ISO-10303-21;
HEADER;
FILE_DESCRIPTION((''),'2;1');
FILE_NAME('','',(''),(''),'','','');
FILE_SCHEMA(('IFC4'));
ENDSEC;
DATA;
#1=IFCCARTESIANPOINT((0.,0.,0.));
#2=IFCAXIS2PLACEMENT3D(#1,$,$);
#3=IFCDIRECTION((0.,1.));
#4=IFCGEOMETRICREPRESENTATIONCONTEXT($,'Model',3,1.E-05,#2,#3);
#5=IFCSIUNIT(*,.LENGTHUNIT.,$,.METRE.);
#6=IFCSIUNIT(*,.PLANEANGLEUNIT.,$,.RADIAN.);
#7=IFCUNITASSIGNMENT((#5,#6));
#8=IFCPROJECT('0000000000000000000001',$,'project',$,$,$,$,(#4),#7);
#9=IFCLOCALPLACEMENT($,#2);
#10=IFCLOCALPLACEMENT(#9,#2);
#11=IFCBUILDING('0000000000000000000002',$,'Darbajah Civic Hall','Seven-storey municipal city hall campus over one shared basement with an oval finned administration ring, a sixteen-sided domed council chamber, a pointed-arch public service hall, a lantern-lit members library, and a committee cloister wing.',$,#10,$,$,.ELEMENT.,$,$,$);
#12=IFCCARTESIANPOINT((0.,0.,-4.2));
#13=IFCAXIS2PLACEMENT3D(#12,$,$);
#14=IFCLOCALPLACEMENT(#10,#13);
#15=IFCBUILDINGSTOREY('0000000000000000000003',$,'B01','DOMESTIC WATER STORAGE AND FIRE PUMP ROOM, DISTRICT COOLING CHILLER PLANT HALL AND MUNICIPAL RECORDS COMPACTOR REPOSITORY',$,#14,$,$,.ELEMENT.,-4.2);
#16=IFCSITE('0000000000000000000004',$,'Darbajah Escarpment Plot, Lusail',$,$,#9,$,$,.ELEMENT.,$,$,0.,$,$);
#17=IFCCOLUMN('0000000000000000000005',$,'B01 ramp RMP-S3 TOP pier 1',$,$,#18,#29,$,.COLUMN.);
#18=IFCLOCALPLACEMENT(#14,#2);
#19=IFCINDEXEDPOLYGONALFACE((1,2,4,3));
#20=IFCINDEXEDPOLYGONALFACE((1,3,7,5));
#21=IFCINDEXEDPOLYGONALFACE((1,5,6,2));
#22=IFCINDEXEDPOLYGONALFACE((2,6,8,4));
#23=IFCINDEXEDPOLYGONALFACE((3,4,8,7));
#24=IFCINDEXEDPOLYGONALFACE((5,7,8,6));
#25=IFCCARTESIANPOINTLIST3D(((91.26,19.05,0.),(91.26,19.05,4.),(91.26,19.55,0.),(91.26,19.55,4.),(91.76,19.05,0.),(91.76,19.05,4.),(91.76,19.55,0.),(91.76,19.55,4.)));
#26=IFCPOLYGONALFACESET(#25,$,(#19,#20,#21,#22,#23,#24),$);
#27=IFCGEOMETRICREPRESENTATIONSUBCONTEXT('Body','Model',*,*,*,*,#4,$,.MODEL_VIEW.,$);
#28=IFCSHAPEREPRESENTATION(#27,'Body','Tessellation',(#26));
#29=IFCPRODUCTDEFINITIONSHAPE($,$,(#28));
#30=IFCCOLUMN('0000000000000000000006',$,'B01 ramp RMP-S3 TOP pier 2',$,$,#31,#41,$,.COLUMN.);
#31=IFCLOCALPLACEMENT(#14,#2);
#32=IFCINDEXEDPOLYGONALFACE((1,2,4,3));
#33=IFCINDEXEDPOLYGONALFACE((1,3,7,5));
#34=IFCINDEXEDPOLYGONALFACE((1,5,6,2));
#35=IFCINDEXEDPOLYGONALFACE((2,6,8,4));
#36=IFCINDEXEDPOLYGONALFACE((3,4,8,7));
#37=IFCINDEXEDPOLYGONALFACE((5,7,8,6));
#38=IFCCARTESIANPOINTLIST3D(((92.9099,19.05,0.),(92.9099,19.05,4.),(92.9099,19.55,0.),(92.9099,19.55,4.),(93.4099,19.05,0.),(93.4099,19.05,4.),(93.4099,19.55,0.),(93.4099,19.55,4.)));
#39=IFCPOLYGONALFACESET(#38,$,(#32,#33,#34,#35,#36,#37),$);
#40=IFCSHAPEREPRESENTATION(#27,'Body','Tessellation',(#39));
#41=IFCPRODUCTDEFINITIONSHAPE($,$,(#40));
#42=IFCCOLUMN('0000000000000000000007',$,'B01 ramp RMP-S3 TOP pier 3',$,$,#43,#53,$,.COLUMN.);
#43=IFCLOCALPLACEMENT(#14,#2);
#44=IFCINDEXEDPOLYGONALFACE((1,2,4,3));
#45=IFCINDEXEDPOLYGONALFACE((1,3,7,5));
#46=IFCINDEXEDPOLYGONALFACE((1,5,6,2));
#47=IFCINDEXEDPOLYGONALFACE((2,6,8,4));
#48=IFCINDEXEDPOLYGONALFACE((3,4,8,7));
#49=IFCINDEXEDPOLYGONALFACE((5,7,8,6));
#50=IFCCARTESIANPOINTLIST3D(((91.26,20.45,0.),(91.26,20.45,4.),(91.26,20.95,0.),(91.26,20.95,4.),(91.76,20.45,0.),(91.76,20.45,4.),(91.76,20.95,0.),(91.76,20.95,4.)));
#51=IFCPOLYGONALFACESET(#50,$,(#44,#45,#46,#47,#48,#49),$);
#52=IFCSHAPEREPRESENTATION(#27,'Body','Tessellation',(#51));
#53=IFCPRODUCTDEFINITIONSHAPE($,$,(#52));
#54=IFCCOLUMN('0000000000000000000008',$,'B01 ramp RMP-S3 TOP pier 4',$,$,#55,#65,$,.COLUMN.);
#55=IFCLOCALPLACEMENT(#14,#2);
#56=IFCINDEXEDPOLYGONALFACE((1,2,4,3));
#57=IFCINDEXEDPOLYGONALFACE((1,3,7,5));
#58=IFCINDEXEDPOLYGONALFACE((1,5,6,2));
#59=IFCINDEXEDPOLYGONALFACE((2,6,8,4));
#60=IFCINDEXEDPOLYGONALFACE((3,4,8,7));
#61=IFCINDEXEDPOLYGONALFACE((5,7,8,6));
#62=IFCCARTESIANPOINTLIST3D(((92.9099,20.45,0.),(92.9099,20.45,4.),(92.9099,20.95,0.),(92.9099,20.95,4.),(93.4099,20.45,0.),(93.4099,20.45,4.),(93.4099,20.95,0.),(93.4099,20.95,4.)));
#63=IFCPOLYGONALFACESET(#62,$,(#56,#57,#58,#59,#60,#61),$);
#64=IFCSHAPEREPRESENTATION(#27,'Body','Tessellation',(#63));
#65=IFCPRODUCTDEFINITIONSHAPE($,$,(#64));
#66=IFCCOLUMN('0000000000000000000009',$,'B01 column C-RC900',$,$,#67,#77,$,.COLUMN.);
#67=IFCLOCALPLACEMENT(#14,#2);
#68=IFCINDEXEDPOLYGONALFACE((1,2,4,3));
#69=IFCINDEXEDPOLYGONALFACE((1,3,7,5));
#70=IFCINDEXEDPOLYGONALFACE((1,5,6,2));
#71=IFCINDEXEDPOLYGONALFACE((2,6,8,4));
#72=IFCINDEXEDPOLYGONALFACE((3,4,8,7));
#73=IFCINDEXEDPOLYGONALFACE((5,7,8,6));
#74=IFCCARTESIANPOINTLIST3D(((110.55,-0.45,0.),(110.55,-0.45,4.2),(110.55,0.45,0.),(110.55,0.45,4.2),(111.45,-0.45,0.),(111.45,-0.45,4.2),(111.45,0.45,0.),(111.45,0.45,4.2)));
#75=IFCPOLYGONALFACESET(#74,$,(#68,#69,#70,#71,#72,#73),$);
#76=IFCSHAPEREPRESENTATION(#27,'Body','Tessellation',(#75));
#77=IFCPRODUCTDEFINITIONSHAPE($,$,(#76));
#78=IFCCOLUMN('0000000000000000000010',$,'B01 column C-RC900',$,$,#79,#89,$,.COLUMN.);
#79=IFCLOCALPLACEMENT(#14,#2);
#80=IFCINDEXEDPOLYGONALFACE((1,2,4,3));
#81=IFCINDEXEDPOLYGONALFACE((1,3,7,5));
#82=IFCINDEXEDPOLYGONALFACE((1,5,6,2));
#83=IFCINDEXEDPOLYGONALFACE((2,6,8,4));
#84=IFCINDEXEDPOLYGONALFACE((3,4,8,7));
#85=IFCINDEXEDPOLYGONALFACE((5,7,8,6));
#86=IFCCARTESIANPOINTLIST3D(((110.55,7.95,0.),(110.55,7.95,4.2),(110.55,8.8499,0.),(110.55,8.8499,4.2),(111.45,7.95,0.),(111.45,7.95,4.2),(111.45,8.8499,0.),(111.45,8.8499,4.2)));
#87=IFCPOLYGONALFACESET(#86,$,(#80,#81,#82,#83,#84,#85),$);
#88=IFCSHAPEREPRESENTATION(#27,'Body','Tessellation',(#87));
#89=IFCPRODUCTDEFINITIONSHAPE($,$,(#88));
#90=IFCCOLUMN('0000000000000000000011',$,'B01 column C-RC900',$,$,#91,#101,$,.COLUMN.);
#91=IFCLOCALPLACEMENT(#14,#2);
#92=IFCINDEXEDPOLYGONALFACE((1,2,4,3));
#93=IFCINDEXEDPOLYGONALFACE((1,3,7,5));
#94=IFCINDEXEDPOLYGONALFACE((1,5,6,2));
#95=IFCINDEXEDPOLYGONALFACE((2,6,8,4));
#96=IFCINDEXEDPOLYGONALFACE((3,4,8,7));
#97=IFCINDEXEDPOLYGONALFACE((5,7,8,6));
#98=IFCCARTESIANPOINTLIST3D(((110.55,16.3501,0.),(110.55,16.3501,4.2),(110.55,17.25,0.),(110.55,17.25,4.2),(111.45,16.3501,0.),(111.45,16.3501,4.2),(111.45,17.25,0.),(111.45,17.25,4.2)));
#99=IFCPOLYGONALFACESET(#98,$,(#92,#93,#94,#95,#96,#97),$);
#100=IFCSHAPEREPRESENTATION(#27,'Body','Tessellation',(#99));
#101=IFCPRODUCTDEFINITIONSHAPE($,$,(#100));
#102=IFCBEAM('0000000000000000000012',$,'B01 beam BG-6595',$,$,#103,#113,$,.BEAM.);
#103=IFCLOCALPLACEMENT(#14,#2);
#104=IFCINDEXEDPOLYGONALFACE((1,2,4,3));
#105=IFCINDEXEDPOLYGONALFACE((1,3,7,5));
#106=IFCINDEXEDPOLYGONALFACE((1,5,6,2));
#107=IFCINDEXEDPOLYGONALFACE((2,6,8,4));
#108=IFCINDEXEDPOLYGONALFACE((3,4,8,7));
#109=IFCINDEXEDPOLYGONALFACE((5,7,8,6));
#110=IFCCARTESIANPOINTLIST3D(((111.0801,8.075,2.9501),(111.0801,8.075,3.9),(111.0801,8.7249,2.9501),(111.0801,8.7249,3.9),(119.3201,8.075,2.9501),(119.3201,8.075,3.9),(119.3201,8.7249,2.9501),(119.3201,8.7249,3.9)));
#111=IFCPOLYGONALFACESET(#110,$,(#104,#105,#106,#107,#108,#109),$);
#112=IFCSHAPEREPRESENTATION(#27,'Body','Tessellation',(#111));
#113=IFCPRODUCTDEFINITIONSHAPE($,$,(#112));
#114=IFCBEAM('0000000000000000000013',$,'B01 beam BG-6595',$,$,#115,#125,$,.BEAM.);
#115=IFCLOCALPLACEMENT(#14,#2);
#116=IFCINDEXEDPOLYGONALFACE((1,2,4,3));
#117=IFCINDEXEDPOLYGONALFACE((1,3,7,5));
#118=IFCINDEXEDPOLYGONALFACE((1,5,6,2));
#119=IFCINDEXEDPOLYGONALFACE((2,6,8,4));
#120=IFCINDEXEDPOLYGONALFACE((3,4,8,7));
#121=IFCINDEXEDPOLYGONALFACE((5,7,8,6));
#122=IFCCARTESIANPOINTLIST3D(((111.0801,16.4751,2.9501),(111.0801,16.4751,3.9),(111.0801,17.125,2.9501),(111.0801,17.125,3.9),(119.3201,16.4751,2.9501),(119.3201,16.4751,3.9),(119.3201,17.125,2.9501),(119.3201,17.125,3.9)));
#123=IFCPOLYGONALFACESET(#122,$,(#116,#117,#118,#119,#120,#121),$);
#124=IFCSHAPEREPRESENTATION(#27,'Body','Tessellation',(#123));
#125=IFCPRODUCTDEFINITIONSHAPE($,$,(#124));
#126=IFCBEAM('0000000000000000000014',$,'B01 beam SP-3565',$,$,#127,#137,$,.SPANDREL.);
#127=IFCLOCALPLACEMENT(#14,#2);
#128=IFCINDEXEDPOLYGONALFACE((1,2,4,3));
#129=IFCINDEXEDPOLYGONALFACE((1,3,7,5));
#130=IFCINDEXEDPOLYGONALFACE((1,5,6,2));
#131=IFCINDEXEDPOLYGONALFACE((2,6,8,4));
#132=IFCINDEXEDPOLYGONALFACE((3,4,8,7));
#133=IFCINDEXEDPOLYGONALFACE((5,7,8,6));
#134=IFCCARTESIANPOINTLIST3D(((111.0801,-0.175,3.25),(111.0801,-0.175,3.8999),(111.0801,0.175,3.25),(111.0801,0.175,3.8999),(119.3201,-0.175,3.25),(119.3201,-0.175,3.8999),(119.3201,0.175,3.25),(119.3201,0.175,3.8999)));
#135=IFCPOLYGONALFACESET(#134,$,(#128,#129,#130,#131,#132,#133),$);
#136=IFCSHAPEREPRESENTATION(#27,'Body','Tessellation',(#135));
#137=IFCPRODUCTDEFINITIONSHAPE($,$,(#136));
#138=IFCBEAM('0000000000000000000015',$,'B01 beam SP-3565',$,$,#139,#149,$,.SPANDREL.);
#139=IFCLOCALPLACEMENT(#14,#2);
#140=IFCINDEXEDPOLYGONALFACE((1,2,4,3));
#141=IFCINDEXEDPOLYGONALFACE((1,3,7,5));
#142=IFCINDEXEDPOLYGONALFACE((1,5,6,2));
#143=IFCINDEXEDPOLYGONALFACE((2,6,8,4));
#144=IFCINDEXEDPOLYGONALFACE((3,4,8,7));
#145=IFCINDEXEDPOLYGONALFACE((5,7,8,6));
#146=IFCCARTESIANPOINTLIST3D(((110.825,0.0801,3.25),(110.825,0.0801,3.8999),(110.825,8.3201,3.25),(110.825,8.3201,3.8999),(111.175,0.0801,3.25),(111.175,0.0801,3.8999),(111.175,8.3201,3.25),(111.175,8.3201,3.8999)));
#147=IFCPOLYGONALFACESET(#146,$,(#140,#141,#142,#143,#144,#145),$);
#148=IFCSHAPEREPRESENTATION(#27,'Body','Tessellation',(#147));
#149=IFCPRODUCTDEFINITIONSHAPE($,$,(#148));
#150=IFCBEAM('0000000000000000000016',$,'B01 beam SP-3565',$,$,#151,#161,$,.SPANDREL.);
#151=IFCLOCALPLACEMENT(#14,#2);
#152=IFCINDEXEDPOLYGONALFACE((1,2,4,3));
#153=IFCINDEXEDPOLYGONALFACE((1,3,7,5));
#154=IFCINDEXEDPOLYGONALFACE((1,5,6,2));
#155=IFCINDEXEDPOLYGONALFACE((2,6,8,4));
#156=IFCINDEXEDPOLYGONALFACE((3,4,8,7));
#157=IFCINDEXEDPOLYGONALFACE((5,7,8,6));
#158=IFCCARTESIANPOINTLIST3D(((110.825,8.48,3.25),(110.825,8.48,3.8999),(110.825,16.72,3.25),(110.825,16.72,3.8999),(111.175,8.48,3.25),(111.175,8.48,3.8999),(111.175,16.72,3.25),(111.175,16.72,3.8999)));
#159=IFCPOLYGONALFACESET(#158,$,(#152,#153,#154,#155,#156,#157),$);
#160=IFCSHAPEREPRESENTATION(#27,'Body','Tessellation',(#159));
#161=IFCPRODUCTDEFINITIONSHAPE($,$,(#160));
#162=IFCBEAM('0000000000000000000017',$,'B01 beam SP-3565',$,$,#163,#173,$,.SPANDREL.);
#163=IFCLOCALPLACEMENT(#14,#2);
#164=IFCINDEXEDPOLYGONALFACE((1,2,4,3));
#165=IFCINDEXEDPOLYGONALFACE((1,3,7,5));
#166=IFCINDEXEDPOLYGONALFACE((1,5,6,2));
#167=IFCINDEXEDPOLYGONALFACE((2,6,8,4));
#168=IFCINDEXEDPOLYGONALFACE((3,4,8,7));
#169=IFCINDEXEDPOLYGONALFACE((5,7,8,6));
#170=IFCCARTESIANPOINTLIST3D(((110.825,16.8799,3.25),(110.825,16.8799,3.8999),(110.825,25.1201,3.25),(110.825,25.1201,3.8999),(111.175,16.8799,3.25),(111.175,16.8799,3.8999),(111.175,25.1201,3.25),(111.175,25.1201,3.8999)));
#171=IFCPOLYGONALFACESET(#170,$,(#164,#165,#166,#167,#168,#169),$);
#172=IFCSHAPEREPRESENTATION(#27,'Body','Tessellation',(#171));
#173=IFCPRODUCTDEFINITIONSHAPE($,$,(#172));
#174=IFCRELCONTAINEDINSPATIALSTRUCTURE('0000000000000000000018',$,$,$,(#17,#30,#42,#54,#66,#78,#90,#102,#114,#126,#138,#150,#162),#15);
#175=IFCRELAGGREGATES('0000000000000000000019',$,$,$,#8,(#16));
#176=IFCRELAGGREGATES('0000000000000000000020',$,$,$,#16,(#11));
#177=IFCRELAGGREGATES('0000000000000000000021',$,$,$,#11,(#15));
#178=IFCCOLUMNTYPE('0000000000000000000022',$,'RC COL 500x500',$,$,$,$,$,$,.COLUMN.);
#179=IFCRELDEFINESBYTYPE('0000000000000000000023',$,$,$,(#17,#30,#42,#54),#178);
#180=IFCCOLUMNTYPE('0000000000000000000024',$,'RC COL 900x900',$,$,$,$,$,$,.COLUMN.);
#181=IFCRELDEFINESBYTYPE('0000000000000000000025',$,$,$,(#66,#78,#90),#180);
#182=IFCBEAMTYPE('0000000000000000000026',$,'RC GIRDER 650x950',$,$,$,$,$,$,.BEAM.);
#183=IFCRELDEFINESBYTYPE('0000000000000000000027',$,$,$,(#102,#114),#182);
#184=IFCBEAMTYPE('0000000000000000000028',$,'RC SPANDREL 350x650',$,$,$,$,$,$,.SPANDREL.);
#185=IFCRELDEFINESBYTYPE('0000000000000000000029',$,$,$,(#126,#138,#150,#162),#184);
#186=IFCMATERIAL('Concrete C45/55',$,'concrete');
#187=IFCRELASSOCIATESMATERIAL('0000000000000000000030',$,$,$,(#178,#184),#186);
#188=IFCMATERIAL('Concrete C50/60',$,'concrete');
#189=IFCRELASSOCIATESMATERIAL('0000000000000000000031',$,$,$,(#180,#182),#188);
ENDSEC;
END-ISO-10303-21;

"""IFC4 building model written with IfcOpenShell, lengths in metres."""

from ifc_helpers import new_model, si_unit, direction, frame, origin, origin_2d, place, context, subcontext, project, spatial, rectangle, extrude, material, material_profile, profile_set, type_object, element, save


model = new_model("IFC4")

# Units and contexts
model_context = context("Model", 3, precision=1e-05, world=origin(), true_north=direction((0.0, 1.0)))
body_context = subcontext(model_context, "Body", "Model", "MODEL_VIEW")
ifc_project = project(units=[si_unit("LENGTHUNIT", "METRE"), si_unit("PLANEANGLEUNIT", "RADIAN")], contexts=[model_context])

# Site, building, storey
site_placement = place(None, origin())
site = spatial("IfcSite", under=ifc_project, at=site_placement, Name="Darbajah Escarpment Plot, Lusail", CompositionType="ELEMENT", RefElevation=0.0)
building_placement = place(site_placement, origin())
building = spatial("IfcBuilding", under=site, at=building_placement, Name="Darbajah Civic Hall", Description="Seven-storey municipal city hall campus over one shared basement with an oval finned administration ring, a sixteen-sided domed council chamber, a pointed-arch public service hall, a lantern-lit members library, and a committee cloister wing.", CompositionType="ELEMENT")
storey_placement = place(building_placement, frame((0.0, 0.0, -4.2)))
storey = spatial("IfcBuildingStorey", under=building, at=storey_placement, Name="B01", Description="DOMESTIC WATER STORAGE AND FIRE PUMP ROOM, DISTRICT COOLING CHILLER PLANT HALL AND MUNICIPAL RECORDS COMPACTOR REPOSITORY", CompositionType="ELEMENT", Elevation=-4.2)

# Shared definitions
ifc_material_1 = material(Name="Concrete C45/55", Category="concrete")

# Columns
ifc_material_profile_1 = material_profile(ifc_material_1, rectangle(XDim=0.5, YDim=0.5, at=origin_2d()), Name="RC COL 500x500")
ifc_profile_set_1 = profile_set([ifc_material_profile_1], Name="Concrete C45/55")
column_type_1 = type_object("IfcColumnType", Name="RC COL 500x500", PredefinedType="COLUMN", material=ifc_profile_set_1)
for number, where, z_axis, x_axis, name in (
    (1, (91.51, 19.3, 0.0), (0.0, 0.0, 1.0), (1.0, 0.0, 0.0), "B01 ramp RMP-S3 TOP pier 1"),
    (2, (93.1599, 19.3, 0.0), (0.0, 0.0, 1.0), (1.0, 0.0, 0.0), "B01 ramp RMP-S3 TOP pier 2"),
    (3, (91.51, 20.7, 0.0), (0.0, 0.0, 1.0), (1.0, 0.0, 0.0), "B01 ramp RMP-S3 TOP pier 3"),
    (4, (93.1599, 20.7, 0.0), (0.0, 0.0, 1.0), (1.0, 0.0, 0.0), "B01 ramp RMP-S3 TOP pier 4"),
):
    element("IfcColumn", number, at=place(storey_placement, frame(where, z_axis=z_axis, x_axis=x_axis)), inside=storey, type_object=column_type_1, Name=name, PredefinedType="COLUMN", context=body_context, shape_type="SweptSolid", body=[
        extrude(rectangle(XDim=0.5, YDim=0.5, at=origin_2d()), origin(), (0.0, 0.0, 1.0), 4.0),
    ])
ifc_material_2 = material(Name="Concrete C50/60", Category="concrete")
ifc_material_profile_2 = material_profile(ifc_material_2, rectangle(XDim=0.8999, YDim=0.8999, at=origin_2d()), Name="RC COL 900x900")
ifc_profile_set_2 = profile_set([ifc_material_profile_2], Name="Concrete C50/60")
column_type_2 = type_object("IfcColumnType", Name="RC COL 900x900", PredefinedType="COLUMN", material=ifc_profile_set_2)
for number, where, z_axis, x_axis, name in (
    (5, (111.0, 0.0, 0.0), (0.0, 0.0, 1.0), (1.0, 0.0, 0.0), "B01 column C-RC900"),
    (6, (111.0, 8.3999, 0.0), (0.0, 0.0, 1.0), (1.0, 0.0, 0.0), "B01 column C-RC900"),
    (7, (111.0, 16.8, 0.0), (0.0, 0.0, 1.0), (1.0, 0.0, 0.0), "B01 column C-RC900"),
):
    element("IfcColumn", number, at=place(storey_placement, frame(where, z_axis=z_axis, x_axis=x_axis)), inside=storey, type_object=column_type_2, Name=name, PredefinedType="COLUMN", context=body_context, shape_type="SweptSolid", body=[
        extrude(rectangle(XDim=0.8999, YDim=0.8999, at=origin_2d()), origin(), (0.0, 0.0, 1.0), 4.2),
    ])

# Beams
ifc_material_profile_3 = material_profile(ifc_material_2, rectangle(XDim=0.6499, YDim=0.95, at=origin_2d()), Name="RC GIRDER 650x950")
ifc_profile_set_3 = profile_set([ifc_material_profile_3], Name="Concrete C50/60")
beam_type_1 = type_object("IfcBeamType", Name="RC GIRDER 650x950", PredefinedType="BEAM", material=ifc_profile_set_3)
for number, where, z_axis, x_axis, name in (
    (8, (111.0801, 8.3999, 3.425), (1.0, 0.0, 0.0), (0.0, 1.0, 0.0), "B01 beam BG-6595"),
    (9, (111.0801, 16.8, 3.425), (1.0, 0.0, 0.0), (0.0, 1.0, 0.0), "B01 beam BG-6595"),
):
    element("IfcBeam", number, at=place(storey_placement, frame(where, z_axis=z_axis, x_axis=x_axis)), inside=storey, type_object=beam_type_1, Name=name, PredefinedType="BEAM", context=body_context, shape_type="SweptSolid", body=[
        extrude(rectangle(XDim=0.6499, YDim=0.95, at=origin_2d()), origin(), (0.0, 0.0, 1.0), 8.24),
    ])
ifc_material_profile_4 = material_profile(ifc_material_1, rectangle(XDim=0.3501, YDim=0.6499, at=origin_2d()), Name="RC SPANDREL 350x650")
ifc_profile_set_4 = profile_set([ifc_material_profile_4], Name="Concrete C45/55")
beam_type_2 = type_object("IfcBeamType", Name="RC SPANDREL 350x650", PredefinedType="SPANDREL", material=ifc_profile_set_4)
for number, where, z_axis, x_axis, name in (
    (10, (111.0801, 0.0, 3.575), (1.0, 0.0, 0.0), (0.0, 1.0, 0.0), "B01 beam SP-3565"),
    (11, (111.0, 0.0801, 3.575), (0.0, 1.0, 0.0), (-1.0, 0.0, 0.0), "B01 beam SP-3565"),
    (12, (111.0, 8.48, 3.575), (0.0, 1.0, 0.0), (-1.0, 0.0, 0.0), "B01 beam SP-3565"),
):
    element("IfcBeam", number, at=place(storey_placement, frame(where, z_axis=z_axis, x_axis=x_axis)), inside=storey, type_object=beam_type_2, Name=name, PredefinedType="SPANDREL", context=body_context, shape_type="SweptSolid", body=[
        extrude(rectangle(XDim=0.3501, YDim=0.6499, at=origin_2d()), origin(), (0.0, 0.0, 1.0), 8.24),
    ])
beam_1_placement = place(storey_placement, frame((111.0, 16.8799, 3.575), z_axis=(0.0, 1.0, 0.0), x_axis=(-1.0, 0.0, 0.0)))
element("IfcBeam", 13, at=beam_1_placement, inside=storey, type_object=beam_type_2, Name="B01 beam SP-3565", PredefinedType="SPANDREL", context=body_context, shape_type="SweptSolid", body=[
    extrude(rectangle(XDim=0.3501, YDim=0.6499, at=origin_2d()), origin(), (0.0, 0.0, 1.0), 8.2402),
])

save(model, "model.ifc")
